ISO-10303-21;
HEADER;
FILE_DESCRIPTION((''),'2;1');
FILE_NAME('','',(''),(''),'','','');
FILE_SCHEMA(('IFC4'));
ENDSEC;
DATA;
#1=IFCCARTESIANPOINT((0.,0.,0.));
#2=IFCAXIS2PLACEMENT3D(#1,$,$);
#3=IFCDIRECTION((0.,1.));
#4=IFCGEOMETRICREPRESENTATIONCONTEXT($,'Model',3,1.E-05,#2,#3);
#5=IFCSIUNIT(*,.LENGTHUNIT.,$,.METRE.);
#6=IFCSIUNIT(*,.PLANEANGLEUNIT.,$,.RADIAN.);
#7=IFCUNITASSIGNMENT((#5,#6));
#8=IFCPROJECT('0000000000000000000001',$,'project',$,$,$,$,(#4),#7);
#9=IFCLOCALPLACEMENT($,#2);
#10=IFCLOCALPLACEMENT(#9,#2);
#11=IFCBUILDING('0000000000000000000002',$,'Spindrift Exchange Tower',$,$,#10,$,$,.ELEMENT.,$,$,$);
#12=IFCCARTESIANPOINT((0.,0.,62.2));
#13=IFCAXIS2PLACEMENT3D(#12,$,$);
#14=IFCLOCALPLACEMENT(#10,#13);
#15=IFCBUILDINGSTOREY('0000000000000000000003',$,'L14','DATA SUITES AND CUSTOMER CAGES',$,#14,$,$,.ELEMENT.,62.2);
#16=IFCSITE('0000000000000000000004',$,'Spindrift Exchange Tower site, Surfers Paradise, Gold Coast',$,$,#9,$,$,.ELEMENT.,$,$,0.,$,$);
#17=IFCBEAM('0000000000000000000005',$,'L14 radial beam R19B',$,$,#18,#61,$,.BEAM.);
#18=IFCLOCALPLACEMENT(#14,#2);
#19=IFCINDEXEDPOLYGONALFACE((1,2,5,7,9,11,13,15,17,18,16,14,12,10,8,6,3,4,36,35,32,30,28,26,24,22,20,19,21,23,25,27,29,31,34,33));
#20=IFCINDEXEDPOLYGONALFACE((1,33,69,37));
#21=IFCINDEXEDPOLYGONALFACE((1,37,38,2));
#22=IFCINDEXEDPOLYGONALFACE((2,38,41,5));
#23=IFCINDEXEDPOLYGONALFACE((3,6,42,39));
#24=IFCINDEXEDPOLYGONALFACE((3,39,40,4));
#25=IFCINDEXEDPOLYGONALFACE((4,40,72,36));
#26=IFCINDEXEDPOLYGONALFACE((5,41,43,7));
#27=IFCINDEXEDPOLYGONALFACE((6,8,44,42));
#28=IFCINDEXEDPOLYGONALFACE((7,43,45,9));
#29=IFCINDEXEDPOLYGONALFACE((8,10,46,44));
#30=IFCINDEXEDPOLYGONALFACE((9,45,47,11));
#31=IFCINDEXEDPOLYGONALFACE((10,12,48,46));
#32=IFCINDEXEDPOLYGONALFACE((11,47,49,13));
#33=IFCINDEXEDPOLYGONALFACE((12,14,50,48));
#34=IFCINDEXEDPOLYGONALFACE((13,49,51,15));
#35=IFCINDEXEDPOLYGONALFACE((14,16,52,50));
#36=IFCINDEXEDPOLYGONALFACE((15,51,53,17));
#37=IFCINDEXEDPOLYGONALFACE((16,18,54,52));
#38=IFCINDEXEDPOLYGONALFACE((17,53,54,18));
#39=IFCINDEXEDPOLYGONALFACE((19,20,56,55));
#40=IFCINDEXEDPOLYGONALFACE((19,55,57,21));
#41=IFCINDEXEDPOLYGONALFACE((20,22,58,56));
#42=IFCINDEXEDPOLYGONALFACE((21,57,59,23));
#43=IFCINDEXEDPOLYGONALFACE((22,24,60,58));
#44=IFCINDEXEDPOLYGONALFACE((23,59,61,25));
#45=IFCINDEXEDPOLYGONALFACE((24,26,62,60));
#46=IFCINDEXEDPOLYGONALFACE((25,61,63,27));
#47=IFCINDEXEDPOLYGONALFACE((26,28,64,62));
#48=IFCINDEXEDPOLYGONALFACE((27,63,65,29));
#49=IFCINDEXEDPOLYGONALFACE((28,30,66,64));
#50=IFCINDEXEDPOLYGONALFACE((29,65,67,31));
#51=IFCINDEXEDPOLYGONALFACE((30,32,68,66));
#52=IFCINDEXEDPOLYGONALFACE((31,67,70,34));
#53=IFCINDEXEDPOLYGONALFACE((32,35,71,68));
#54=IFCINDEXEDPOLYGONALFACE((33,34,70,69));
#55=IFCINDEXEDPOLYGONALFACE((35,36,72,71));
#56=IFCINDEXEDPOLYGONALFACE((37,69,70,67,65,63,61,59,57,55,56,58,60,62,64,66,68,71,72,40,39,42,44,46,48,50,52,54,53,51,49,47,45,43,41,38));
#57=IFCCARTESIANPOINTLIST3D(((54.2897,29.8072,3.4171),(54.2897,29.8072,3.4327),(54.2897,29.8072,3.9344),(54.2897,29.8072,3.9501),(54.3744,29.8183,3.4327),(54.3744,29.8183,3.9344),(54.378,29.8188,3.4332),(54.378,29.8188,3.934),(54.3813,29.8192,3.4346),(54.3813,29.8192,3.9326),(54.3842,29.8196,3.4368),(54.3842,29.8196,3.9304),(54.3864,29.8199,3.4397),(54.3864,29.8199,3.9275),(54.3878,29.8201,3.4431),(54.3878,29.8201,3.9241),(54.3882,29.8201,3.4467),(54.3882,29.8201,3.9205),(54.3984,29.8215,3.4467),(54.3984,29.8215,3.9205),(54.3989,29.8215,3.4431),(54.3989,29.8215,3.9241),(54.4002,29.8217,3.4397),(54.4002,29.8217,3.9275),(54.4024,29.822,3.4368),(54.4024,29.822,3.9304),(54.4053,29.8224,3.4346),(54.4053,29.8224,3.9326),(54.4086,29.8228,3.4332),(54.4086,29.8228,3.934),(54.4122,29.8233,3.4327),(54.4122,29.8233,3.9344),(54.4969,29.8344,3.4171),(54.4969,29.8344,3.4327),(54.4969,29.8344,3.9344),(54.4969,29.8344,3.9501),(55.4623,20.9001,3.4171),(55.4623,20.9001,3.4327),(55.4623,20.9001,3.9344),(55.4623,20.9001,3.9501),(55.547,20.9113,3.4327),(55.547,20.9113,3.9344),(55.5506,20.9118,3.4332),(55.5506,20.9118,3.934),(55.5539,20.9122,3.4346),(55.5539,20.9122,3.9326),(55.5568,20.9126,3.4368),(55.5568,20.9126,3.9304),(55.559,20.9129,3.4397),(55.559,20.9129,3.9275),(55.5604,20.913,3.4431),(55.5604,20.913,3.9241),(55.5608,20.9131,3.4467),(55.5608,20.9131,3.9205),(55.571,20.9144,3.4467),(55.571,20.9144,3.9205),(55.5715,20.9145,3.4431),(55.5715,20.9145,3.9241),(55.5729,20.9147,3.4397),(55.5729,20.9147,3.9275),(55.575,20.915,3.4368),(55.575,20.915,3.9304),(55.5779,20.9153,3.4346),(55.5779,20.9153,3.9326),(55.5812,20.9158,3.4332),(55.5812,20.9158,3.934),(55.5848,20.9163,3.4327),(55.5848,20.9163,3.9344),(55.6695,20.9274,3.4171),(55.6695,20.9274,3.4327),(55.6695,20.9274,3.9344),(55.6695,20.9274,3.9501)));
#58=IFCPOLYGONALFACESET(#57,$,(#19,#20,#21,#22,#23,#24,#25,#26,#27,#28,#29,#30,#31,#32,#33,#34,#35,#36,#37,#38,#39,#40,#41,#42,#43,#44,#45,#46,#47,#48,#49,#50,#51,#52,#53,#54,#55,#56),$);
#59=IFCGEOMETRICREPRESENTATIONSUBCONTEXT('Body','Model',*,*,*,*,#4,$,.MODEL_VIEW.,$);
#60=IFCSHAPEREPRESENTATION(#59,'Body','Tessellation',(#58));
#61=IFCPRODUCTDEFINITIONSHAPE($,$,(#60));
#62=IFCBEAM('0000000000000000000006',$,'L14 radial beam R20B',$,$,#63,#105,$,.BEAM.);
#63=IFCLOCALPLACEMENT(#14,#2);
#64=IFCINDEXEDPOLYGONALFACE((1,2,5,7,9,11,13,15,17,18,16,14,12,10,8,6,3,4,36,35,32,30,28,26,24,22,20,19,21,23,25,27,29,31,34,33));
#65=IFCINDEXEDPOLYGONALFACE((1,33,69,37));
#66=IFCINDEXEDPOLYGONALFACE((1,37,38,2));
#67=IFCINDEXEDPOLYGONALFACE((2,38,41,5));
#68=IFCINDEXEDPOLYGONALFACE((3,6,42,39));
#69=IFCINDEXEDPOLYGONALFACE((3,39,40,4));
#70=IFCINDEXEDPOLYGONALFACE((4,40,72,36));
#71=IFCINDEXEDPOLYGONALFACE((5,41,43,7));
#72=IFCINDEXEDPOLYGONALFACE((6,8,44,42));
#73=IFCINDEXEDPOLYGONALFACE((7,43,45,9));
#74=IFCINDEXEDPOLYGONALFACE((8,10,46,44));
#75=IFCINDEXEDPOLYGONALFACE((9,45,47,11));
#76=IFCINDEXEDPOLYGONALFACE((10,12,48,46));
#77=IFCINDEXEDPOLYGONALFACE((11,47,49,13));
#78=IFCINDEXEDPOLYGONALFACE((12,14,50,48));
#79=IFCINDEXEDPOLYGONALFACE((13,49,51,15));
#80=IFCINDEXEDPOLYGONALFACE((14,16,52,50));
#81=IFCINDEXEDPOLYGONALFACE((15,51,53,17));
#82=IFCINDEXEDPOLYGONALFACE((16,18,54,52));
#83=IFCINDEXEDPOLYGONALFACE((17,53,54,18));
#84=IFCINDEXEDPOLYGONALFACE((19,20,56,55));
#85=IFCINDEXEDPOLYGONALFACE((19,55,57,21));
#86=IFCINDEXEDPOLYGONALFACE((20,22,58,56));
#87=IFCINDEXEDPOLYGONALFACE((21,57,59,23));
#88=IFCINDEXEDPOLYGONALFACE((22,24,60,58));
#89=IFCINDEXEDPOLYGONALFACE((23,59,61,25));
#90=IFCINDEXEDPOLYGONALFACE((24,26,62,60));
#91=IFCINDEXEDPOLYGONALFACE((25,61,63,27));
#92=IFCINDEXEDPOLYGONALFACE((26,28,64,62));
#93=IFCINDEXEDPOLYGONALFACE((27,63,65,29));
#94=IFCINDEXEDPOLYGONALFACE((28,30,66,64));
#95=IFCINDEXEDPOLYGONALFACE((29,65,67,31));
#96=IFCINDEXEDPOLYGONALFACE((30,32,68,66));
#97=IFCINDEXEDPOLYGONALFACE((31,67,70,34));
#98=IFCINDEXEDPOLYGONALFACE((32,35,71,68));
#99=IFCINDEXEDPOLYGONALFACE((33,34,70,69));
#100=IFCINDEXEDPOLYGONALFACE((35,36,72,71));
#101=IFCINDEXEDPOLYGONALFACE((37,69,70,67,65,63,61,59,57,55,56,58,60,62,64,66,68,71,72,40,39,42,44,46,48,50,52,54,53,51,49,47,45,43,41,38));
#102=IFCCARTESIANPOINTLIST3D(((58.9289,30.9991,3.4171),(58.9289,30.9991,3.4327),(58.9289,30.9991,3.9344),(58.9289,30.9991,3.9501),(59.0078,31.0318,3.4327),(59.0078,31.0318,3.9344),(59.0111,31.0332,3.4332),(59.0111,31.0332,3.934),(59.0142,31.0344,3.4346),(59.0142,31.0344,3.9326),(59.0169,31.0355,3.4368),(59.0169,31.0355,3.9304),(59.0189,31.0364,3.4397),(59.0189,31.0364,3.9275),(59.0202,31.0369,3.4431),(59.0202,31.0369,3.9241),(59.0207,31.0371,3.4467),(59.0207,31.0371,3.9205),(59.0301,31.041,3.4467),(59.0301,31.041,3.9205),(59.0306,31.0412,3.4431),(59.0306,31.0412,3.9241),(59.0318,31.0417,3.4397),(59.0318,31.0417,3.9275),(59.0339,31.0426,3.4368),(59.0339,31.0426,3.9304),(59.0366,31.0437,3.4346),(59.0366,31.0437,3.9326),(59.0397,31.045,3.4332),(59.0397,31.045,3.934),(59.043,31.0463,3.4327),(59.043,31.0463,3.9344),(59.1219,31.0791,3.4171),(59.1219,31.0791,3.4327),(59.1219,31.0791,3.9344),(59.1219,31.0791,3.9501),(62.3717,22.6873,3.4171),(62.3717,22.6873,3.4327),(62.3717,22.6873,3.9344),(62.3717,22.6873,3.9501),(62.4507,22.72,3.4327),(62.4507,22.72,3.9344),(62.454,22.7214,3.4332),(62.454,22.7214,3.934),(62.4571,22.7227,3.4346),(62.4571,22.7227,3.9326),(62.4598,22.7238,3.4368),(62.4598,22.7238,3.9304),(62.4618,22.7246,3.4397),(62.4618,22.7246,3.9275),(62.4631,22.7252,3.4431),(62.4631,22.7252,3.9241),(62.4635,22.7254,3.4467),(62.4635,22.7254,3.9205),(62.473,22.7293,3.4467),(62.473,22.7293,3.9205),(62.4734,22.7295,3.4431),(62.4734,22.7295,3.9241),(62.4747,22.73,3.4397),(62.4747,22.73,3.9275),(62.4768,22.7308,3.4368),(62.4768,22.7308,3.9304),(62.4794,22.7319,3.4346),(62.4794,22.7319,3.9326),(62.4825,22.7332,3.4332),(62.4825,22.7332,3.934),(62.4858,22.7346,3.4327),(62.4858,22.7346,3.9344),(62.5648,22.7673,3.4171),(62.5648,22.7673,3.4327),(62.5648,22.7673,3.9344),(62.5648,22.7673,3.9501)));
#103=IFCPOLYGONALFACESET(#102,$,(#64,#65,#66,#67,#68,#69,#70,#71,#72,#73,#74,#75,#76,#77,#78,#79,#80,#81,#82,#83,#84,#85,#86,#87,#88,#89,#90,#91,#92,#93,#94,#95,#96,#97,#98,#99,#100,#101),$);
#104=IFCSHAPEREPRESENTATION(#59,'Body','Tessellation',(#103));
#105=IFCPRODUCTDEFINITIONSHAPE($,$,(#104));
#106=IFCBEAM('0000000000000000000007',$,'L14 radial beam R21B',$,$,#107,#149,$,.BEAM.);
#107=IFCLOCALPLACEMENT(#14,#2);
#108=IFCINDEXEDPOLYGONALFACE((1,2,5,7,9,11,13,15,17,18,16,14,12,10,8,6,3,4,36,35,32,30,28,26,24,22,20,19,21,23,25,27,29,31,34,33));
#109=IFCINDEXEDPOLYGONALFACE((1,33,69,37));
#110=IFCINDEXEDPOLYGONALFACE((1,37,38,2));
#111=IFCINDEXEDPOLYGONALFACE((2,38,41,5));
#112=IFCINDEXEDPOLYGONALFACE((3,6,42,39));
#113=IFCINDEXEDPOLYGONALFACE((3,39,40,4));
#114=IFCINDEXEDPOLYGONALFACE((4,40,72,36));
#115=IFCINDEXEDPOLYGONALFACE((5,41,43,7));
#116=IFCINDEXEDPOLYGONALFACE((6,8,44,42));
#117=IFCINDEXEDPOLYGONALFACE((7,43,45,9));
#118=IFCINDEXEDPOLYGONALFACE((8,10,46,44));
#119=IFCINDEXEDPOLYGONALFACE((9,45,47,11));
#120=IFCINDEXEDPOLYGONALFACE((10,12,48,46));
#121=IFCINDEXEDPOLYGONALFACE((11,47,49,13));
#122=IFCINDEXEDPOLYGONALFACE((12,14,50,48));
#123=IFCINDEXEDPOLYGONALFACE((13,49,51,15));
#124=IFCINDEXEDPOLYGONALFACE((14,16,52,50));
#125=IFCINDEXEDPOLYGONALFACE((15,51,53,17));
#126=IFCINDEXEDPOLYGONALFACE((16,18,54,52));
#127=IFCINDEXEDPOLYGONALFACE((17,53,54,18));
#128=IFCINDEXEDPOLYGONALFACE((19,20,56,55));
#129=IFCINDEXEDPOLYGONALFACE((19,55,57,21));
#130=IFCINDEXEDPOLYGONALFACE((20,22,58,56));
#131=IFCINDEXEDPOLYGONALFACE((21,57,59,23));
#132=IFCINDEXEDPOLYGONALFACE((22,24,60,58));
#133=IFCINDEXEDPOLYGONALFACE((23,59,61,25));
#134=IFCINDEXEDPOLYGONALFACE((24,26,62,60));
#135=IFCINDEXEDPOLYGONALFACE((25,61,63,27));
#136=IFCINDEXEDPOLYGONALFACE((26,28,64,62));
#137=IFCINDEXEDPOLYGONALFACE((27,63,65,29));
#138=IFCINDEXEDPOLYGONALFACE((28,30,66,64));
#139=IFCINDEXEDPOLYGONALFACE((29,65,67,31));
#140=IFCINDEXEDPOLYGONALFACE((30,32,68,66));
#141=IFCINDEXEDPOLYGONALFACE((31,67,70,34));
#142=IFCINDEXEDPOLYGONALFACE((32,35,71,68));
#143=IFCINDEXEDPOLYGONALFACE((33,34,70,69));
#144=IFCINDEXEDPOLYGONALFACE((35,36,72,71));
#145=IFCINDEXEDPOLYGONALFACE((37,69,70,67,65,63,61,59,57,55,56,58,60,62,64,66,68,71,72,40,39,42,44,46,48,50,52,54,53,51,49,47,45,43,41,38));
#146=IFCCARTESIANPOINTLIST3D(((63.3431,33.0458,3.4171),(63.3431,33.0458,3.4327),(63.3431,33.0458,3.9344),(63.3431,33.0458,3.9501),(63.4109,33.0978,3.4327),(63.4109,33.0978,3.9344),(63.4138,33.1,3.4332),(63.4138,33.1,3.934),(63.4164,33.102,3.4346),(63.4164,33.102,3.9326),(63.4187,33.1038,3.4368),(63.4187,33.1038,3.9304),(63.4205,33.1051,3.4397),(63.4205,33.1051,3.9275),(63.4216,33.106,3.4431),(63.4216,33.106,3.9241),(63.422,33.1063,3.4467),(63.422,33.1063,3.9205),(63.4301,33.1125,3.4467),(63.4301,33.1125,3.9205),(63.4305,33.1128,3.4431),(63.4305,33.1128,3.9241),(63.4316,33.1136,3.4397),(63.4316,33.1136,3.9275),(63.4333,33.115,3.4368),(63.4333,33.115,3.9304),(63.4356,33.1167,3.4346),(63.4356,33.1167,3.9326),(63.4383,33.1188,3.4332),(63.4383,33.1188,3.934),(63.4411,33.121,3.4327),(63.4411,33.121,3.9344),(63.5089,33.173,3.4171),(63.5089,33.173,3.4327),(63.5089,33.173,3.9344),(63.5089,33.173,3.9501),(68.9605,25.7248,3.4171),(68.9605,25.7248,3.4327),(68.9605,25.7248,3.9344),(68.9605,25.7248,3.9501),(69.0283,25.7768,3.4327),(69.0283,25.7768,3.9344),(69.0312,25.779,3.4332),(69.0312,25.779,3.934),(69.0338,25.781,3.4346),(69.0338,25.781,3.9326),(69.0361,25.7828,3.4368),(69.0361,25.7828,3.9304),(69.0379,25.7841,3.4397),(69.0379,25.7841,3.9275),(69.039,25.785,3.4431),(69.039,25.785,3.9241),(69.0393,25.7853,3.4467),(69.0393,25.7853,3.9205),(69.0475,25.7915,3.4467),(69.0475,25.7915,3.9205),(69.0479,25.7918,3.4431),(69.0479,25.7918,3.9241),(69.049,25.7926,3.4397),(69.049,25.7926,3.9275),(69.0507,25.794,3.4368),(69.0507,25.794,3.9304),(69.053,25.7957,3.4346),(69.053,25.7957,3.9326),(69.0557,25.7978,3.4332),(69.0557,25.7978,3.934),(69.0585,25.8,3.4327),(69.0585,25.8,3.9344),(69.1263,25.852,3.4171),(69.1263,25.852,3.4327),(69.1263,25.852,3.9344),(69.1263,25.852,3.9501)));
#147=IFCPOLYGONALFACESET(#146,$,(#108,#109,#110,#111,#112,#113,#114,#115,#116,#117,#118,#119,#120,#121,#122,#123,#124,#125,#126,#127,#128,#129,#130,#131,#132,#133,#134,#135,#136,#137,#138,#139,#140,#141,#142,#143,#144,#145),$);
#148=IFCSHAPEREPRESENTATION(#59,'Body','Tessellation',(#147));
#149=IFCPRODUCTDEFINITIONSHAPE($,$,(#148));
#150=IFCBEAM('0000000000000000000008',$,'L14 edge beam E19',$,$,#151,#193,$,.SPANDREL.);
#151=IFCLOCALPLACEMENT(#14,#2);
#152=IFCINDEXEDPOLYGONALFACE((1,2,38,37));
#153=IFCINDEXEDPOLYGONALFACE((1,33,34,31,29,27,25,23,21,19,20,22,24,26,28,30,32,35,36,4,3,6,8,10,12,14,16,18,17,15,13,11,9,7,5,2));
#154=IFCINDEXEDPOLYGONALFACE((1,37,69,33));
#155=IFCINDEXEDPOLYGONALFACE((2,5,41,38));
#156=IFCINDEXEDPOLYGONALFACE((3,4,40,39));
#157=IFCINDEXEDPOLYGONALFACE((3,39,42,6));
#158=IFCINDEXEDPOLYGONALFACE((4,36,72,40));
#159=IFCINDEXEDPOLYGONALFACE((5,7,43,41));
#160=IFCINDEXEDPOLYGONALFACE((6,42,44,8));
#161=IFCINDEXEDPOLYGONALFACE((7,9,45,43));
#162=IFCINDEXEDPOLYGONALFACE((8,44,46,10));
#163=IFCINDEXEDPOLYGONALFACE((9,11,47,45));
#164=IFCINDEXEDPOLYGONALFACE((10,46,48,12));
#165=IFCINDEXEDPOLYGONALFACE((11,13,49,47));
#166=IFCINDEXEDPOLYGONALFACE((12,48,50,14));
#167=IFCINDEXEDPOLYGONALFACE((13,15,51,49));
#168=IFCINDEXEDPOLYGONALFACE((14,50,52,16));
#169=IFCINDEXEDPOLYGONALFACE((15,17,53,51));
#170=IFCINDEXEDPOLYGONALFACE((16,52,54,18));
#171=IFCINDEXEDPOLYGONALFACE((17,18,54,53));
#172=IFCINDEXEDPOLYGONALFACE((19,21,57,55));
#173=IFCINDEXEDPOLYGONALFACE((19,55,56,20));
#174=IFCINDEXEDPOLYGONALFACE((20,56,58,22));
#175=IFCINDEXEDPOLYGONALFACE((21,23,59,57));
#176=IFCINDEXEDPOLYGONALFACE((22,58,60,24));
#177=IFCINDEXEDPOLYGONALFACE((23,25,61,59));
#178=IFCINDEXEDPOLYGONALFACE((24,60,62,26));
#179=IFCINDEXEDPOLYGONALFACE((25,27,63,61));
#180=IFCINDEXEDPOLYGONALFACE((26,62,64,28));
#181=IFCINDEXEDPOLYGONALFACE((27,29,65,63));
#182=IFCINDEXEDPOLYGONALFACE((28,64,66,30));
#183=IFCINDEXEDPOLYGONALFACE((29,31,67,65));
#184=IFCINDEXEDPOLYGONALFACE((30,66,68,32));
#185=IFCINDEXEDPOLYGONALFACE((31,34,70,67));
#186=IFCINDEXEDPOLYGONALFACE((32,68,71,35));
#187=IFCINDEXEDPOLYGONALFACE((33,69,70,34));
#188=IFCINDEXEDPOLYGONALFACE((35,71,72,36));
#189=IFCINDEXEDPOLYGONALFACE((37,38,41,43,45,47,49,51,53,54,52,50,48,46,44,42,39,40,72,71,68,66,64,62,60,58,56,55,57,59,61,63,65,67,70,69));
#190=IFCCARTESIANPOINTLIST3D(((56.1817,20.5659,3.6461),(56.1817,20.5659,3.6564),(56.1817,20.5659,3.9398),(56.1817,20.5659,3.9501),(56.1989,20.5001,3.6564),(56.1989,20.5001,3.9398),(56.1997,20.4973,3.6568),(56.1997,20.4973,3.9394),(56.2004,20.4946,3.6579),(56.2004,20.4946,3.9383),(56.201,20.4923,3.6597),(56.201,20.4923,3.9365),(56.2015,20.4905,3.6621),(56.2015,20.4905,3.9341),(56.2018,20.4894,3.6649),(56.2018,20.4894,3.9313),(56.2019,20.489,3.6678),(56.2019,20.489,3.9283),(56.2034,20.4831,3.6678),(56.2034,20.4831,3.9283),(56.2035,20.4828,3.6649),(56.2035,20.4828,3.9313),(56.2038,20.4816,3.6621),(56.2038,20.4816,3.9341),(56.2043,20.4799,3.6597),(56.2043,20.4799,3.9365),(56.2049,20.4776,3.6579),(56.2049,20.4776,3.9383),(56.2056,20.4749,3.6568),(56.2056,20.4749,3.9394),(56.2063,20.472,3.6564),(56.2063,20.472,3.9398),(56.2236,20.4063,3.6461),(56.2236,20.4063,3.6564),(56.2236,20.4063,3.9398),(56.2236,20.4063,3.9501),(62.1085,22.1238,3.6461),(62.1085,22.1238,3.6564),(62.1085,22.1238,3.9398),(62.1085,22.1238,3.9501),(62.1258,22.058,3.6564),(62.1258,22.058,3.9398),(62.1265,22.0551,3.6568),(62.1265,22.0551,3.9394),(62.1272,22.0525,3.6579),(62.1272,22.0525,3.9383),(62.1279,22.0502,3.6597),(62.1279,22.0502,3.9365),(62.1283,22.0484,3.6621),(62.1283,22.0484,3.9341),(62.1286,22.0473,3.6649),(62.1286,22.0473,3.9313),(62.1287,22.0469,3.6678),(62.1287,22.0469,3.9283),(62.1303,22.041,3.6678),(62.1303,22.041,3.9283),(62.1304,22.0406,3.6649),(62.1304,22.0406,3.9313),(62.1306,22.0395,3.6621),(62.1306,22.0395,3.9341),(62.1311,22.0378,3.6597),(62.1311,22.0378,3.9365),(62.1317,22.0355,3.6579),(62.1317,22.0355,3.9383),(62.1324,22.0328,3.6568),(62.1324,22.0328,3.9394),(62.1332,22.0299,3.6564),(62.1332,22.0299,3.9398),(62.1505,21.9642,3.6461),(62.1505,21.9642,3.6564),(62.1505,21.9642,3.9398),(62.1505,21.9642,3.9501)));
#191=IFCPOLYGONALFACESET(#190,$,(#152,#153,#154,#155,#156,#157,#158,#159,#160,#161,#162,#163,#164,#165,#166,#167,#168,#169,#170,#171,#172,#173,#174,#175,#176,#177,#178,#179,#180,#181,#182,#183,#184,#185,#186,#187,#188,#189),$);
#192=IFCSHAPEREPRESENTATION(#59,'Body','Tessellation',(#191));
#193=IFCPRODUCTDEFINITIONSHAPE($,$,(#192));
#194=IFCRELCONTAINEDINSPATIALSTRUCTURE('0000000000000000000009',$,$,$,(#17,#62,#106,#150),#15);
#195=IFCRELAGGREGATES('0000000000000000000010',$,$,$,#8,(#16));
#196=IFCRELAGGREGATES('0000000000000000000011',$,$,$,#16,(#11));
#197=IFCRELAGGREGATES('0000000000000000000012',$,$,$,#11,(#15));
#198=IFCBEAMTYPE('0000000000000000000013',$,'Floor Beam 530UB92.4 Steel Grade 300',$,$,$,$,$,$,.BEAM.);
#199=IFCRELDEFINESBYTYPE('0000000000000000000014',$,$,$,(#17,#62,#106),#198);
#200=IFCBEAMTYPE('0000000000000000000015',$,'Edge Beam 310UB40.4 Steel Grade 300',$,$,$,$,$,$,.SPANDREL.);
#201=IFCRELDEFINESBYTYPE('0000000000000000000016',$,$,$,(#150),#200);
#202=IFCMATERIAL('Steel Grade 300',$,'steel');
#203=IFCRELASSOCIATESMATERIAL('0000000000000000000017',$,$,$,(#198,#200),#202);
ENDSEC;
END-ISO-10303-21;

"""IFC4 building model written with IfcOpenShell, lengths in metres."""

from ifc_helpers import new_model, si_unit, direction, frame, origin, origin_2d, place, context, subcontext, project, spatial, i_section, extrude, source, transform, mapped, material, material_profile, profile_set, type_object, element, save


model = new_model("IFC4")

# Units and contexts
model_context = context("Model", 3, precision=1e-05, world=origin(), true_north=direction((0.0, 1.0)))
body_context = subcontext(model_context, "Body", "Model", "MODEL_VIEW")
ifc_project = project(units=[si_unit("LENGTHUNIT", "METRE"), si_unit("PLANEANGLEUNIT", "RADIAN")], contexts=[model_context])

# Site, building, storey
site_placement = place(None, origin())
site = spatial("IfcSite", under=ifc_project, at=site_placement, Name="Spindrift Exchange Tower site, Surfers Paradise, Gold Coast", CompositionType="ELEMENT", RefElevation=0.0)
building_placement = place(site_placement, origin())
building = spatial("IfcBuilding", under=site, at=building_placement, Name="Spindrift Exchange Tower", CompositionType="ELEMENT")
storey_placement = place(building_placement, frame((0.0, 0.0, 62.2)))
storey = spatial("IfcBuildingStorey", under=building, at=storey_placement, Name="L14", Description="DATA SUITES AND CUSTOMER CAGES", CompositionType="ELEMENT", Elevation=62.2)

# Beams
ifc_material_1 = material(Name="Steel Grade 300", Category="steel")
ifc_material_profile_1 = material_profile(ifc_material_1, i_section(OverallWidth=0.209, OverallDepth=0.533, WebThickness=0.0103, FlangeThickness=0.0156, FilletRadius=0.0139, at=origin_2d()), Name="530UB92.4")
ifc_profile_set_1 = profile_set([ifc_material_profile_1], Name="Steel Grade 300")
beam_type_1 = type_object("IfcBeamType", Name="Floor Beam 530UB92.4 Steel Grade 300", PredefinedType="BEAM", material=ifc_profile_set_1)
shared_shape_1 = source(origin(), body_context, "Body", "SweptSolid", [
    extrude(i_section(OverallWidth=0.209, OverallDepth=0.533, WebThickness=0.0103, FlangeThickness=0.0156, FilletRadius=0.0139, at=origin_2d()), origin(), (0.0, 0.0, 1.0), 8.9839),
])
beam_1_placement = place(storey_placement, frame((54.3933, 29.8208, 3.6836), z_axis=(0.130524, -0.991445, 0.0), x_axis=(0.991445, 0.130524, 0.0)))
element("IfcBeam", 1, at=beam_1_placement, inside=storey, type_object=beam_type_1, Name="L14 radial beam R19B", PredefinedType="BEAM", context=body_context, shape_type="MappedRepresentation", body=[
    mapped(shared_shape_1, transform((0.0, 0.0, 0.0), scale=1.0)),
])
shared_shape_2 = source(origin(), body_context, "Body", "SweptSolid", [
    extrude(i_section(OverallWidth=0.209, OverallDepth=0.533, WebThickness=0.0103, FlangeThickness=0.0156, FilletRadius=0.0139, at=origin_2d()), origin(), (0.0, 0.0, 1.0), 8.9966),
])
beam_2_placement = place(storey_placement, frame((59.0254, 31.0391, 3.6836), z_axis=(0.382686, -0.923879, 0.0), x_axis=(0.923879, 0.382686, 0.0)))
element("IfcBeam", 2, at=beam_2_placement, inside=storey, type_object=beam_type_1, Name="L14 radial beam R20B", PredefinedType="BEAM", context=body_context, shape_type="MappedRepresentation", body=[
    mapped(shared_shape_2, transform((0.0, 0.0, 0.0), scale=1.0)),
])
shared_shape_3 = source(origin(), body_context, "Body", "SweptSolid", [
    extrude(i_section(OverallWidth=0.209, OverallDepth=0.533, WebThickness=0.0103, FlangeThickness=0.0156, FilletRadius=0.0139, at=origin_2d()), origin(), (0.0, 0.0, 1.0), 9.2278),
])
beam_3_placement = place(storey_placement, frame((63.426, 33.1094, 3.6836), z_axis=(0.608748, -0.793364, 0.0), x_axis=(0.793364, 0.608748, 0.0)))
element("IfcBeam", 3, at=beam_3_placement, inside=storey, type_object=beam_type_1, Name="L14 radial beam R21B", PredefinedType="BEAM", context=body_context, shape_type="MappedRepresentation", body=[
    mapped(shared_shape_3, transform((0.0, 0.0, 0.0), scale=1.0)),
])
ifc_material_profile_2 = material_profile(ifc_material_1, i_section(OverallWidth=0.165, OverallDepth=0.304, WebThickness=0.0061, FlangeThickness=0.0103, FilletRadius=0.0115, at=origin_2d()), Name="310UB40.4")
ifc_profile_set_2 = profile_set([ifc_material_profile_2], Name="Steel Grade 300")
beam_type_2 = type_object("IfcBeamType", Name="Edge Beam 310UB40.4 Steel Grade 300", PredefinedType="SPANDREL", material=ifc_profile_set_2)
shared_shape_4 = source(origin(), body_context, "Body", "SweptSolid", [
    extrude(i_section(OverallWidth=0.165, OverallDepth=0.304, WebThickness=0.0061, FlangeThickness=0.0103, FilletRadius=0.0115, at=origin_2d()), origin(), (0.0, 0.0, 1.0), 6.1282),
])
beam_4_placement = place(storey_placement, frame((56.2026, 20.4861, 3.7981), z_axis=(0.967147, 0.254217, 0.0), x_axis=(-0.254217, 0.967147, 0.0)))
element("IfcBeam", 4, at=beam_4_placement, inside=storey, type_object=beam_type_2, Name="L14 edge beam E19", PredefinedType="SPANDREL", context=body_context, shape_type="MappedRepresentation", body=[
    mapped(shared_shape_4, transform((0.0, 0.0, 0.0), scale=1.0)),
])

save(model, "model.ifc")
